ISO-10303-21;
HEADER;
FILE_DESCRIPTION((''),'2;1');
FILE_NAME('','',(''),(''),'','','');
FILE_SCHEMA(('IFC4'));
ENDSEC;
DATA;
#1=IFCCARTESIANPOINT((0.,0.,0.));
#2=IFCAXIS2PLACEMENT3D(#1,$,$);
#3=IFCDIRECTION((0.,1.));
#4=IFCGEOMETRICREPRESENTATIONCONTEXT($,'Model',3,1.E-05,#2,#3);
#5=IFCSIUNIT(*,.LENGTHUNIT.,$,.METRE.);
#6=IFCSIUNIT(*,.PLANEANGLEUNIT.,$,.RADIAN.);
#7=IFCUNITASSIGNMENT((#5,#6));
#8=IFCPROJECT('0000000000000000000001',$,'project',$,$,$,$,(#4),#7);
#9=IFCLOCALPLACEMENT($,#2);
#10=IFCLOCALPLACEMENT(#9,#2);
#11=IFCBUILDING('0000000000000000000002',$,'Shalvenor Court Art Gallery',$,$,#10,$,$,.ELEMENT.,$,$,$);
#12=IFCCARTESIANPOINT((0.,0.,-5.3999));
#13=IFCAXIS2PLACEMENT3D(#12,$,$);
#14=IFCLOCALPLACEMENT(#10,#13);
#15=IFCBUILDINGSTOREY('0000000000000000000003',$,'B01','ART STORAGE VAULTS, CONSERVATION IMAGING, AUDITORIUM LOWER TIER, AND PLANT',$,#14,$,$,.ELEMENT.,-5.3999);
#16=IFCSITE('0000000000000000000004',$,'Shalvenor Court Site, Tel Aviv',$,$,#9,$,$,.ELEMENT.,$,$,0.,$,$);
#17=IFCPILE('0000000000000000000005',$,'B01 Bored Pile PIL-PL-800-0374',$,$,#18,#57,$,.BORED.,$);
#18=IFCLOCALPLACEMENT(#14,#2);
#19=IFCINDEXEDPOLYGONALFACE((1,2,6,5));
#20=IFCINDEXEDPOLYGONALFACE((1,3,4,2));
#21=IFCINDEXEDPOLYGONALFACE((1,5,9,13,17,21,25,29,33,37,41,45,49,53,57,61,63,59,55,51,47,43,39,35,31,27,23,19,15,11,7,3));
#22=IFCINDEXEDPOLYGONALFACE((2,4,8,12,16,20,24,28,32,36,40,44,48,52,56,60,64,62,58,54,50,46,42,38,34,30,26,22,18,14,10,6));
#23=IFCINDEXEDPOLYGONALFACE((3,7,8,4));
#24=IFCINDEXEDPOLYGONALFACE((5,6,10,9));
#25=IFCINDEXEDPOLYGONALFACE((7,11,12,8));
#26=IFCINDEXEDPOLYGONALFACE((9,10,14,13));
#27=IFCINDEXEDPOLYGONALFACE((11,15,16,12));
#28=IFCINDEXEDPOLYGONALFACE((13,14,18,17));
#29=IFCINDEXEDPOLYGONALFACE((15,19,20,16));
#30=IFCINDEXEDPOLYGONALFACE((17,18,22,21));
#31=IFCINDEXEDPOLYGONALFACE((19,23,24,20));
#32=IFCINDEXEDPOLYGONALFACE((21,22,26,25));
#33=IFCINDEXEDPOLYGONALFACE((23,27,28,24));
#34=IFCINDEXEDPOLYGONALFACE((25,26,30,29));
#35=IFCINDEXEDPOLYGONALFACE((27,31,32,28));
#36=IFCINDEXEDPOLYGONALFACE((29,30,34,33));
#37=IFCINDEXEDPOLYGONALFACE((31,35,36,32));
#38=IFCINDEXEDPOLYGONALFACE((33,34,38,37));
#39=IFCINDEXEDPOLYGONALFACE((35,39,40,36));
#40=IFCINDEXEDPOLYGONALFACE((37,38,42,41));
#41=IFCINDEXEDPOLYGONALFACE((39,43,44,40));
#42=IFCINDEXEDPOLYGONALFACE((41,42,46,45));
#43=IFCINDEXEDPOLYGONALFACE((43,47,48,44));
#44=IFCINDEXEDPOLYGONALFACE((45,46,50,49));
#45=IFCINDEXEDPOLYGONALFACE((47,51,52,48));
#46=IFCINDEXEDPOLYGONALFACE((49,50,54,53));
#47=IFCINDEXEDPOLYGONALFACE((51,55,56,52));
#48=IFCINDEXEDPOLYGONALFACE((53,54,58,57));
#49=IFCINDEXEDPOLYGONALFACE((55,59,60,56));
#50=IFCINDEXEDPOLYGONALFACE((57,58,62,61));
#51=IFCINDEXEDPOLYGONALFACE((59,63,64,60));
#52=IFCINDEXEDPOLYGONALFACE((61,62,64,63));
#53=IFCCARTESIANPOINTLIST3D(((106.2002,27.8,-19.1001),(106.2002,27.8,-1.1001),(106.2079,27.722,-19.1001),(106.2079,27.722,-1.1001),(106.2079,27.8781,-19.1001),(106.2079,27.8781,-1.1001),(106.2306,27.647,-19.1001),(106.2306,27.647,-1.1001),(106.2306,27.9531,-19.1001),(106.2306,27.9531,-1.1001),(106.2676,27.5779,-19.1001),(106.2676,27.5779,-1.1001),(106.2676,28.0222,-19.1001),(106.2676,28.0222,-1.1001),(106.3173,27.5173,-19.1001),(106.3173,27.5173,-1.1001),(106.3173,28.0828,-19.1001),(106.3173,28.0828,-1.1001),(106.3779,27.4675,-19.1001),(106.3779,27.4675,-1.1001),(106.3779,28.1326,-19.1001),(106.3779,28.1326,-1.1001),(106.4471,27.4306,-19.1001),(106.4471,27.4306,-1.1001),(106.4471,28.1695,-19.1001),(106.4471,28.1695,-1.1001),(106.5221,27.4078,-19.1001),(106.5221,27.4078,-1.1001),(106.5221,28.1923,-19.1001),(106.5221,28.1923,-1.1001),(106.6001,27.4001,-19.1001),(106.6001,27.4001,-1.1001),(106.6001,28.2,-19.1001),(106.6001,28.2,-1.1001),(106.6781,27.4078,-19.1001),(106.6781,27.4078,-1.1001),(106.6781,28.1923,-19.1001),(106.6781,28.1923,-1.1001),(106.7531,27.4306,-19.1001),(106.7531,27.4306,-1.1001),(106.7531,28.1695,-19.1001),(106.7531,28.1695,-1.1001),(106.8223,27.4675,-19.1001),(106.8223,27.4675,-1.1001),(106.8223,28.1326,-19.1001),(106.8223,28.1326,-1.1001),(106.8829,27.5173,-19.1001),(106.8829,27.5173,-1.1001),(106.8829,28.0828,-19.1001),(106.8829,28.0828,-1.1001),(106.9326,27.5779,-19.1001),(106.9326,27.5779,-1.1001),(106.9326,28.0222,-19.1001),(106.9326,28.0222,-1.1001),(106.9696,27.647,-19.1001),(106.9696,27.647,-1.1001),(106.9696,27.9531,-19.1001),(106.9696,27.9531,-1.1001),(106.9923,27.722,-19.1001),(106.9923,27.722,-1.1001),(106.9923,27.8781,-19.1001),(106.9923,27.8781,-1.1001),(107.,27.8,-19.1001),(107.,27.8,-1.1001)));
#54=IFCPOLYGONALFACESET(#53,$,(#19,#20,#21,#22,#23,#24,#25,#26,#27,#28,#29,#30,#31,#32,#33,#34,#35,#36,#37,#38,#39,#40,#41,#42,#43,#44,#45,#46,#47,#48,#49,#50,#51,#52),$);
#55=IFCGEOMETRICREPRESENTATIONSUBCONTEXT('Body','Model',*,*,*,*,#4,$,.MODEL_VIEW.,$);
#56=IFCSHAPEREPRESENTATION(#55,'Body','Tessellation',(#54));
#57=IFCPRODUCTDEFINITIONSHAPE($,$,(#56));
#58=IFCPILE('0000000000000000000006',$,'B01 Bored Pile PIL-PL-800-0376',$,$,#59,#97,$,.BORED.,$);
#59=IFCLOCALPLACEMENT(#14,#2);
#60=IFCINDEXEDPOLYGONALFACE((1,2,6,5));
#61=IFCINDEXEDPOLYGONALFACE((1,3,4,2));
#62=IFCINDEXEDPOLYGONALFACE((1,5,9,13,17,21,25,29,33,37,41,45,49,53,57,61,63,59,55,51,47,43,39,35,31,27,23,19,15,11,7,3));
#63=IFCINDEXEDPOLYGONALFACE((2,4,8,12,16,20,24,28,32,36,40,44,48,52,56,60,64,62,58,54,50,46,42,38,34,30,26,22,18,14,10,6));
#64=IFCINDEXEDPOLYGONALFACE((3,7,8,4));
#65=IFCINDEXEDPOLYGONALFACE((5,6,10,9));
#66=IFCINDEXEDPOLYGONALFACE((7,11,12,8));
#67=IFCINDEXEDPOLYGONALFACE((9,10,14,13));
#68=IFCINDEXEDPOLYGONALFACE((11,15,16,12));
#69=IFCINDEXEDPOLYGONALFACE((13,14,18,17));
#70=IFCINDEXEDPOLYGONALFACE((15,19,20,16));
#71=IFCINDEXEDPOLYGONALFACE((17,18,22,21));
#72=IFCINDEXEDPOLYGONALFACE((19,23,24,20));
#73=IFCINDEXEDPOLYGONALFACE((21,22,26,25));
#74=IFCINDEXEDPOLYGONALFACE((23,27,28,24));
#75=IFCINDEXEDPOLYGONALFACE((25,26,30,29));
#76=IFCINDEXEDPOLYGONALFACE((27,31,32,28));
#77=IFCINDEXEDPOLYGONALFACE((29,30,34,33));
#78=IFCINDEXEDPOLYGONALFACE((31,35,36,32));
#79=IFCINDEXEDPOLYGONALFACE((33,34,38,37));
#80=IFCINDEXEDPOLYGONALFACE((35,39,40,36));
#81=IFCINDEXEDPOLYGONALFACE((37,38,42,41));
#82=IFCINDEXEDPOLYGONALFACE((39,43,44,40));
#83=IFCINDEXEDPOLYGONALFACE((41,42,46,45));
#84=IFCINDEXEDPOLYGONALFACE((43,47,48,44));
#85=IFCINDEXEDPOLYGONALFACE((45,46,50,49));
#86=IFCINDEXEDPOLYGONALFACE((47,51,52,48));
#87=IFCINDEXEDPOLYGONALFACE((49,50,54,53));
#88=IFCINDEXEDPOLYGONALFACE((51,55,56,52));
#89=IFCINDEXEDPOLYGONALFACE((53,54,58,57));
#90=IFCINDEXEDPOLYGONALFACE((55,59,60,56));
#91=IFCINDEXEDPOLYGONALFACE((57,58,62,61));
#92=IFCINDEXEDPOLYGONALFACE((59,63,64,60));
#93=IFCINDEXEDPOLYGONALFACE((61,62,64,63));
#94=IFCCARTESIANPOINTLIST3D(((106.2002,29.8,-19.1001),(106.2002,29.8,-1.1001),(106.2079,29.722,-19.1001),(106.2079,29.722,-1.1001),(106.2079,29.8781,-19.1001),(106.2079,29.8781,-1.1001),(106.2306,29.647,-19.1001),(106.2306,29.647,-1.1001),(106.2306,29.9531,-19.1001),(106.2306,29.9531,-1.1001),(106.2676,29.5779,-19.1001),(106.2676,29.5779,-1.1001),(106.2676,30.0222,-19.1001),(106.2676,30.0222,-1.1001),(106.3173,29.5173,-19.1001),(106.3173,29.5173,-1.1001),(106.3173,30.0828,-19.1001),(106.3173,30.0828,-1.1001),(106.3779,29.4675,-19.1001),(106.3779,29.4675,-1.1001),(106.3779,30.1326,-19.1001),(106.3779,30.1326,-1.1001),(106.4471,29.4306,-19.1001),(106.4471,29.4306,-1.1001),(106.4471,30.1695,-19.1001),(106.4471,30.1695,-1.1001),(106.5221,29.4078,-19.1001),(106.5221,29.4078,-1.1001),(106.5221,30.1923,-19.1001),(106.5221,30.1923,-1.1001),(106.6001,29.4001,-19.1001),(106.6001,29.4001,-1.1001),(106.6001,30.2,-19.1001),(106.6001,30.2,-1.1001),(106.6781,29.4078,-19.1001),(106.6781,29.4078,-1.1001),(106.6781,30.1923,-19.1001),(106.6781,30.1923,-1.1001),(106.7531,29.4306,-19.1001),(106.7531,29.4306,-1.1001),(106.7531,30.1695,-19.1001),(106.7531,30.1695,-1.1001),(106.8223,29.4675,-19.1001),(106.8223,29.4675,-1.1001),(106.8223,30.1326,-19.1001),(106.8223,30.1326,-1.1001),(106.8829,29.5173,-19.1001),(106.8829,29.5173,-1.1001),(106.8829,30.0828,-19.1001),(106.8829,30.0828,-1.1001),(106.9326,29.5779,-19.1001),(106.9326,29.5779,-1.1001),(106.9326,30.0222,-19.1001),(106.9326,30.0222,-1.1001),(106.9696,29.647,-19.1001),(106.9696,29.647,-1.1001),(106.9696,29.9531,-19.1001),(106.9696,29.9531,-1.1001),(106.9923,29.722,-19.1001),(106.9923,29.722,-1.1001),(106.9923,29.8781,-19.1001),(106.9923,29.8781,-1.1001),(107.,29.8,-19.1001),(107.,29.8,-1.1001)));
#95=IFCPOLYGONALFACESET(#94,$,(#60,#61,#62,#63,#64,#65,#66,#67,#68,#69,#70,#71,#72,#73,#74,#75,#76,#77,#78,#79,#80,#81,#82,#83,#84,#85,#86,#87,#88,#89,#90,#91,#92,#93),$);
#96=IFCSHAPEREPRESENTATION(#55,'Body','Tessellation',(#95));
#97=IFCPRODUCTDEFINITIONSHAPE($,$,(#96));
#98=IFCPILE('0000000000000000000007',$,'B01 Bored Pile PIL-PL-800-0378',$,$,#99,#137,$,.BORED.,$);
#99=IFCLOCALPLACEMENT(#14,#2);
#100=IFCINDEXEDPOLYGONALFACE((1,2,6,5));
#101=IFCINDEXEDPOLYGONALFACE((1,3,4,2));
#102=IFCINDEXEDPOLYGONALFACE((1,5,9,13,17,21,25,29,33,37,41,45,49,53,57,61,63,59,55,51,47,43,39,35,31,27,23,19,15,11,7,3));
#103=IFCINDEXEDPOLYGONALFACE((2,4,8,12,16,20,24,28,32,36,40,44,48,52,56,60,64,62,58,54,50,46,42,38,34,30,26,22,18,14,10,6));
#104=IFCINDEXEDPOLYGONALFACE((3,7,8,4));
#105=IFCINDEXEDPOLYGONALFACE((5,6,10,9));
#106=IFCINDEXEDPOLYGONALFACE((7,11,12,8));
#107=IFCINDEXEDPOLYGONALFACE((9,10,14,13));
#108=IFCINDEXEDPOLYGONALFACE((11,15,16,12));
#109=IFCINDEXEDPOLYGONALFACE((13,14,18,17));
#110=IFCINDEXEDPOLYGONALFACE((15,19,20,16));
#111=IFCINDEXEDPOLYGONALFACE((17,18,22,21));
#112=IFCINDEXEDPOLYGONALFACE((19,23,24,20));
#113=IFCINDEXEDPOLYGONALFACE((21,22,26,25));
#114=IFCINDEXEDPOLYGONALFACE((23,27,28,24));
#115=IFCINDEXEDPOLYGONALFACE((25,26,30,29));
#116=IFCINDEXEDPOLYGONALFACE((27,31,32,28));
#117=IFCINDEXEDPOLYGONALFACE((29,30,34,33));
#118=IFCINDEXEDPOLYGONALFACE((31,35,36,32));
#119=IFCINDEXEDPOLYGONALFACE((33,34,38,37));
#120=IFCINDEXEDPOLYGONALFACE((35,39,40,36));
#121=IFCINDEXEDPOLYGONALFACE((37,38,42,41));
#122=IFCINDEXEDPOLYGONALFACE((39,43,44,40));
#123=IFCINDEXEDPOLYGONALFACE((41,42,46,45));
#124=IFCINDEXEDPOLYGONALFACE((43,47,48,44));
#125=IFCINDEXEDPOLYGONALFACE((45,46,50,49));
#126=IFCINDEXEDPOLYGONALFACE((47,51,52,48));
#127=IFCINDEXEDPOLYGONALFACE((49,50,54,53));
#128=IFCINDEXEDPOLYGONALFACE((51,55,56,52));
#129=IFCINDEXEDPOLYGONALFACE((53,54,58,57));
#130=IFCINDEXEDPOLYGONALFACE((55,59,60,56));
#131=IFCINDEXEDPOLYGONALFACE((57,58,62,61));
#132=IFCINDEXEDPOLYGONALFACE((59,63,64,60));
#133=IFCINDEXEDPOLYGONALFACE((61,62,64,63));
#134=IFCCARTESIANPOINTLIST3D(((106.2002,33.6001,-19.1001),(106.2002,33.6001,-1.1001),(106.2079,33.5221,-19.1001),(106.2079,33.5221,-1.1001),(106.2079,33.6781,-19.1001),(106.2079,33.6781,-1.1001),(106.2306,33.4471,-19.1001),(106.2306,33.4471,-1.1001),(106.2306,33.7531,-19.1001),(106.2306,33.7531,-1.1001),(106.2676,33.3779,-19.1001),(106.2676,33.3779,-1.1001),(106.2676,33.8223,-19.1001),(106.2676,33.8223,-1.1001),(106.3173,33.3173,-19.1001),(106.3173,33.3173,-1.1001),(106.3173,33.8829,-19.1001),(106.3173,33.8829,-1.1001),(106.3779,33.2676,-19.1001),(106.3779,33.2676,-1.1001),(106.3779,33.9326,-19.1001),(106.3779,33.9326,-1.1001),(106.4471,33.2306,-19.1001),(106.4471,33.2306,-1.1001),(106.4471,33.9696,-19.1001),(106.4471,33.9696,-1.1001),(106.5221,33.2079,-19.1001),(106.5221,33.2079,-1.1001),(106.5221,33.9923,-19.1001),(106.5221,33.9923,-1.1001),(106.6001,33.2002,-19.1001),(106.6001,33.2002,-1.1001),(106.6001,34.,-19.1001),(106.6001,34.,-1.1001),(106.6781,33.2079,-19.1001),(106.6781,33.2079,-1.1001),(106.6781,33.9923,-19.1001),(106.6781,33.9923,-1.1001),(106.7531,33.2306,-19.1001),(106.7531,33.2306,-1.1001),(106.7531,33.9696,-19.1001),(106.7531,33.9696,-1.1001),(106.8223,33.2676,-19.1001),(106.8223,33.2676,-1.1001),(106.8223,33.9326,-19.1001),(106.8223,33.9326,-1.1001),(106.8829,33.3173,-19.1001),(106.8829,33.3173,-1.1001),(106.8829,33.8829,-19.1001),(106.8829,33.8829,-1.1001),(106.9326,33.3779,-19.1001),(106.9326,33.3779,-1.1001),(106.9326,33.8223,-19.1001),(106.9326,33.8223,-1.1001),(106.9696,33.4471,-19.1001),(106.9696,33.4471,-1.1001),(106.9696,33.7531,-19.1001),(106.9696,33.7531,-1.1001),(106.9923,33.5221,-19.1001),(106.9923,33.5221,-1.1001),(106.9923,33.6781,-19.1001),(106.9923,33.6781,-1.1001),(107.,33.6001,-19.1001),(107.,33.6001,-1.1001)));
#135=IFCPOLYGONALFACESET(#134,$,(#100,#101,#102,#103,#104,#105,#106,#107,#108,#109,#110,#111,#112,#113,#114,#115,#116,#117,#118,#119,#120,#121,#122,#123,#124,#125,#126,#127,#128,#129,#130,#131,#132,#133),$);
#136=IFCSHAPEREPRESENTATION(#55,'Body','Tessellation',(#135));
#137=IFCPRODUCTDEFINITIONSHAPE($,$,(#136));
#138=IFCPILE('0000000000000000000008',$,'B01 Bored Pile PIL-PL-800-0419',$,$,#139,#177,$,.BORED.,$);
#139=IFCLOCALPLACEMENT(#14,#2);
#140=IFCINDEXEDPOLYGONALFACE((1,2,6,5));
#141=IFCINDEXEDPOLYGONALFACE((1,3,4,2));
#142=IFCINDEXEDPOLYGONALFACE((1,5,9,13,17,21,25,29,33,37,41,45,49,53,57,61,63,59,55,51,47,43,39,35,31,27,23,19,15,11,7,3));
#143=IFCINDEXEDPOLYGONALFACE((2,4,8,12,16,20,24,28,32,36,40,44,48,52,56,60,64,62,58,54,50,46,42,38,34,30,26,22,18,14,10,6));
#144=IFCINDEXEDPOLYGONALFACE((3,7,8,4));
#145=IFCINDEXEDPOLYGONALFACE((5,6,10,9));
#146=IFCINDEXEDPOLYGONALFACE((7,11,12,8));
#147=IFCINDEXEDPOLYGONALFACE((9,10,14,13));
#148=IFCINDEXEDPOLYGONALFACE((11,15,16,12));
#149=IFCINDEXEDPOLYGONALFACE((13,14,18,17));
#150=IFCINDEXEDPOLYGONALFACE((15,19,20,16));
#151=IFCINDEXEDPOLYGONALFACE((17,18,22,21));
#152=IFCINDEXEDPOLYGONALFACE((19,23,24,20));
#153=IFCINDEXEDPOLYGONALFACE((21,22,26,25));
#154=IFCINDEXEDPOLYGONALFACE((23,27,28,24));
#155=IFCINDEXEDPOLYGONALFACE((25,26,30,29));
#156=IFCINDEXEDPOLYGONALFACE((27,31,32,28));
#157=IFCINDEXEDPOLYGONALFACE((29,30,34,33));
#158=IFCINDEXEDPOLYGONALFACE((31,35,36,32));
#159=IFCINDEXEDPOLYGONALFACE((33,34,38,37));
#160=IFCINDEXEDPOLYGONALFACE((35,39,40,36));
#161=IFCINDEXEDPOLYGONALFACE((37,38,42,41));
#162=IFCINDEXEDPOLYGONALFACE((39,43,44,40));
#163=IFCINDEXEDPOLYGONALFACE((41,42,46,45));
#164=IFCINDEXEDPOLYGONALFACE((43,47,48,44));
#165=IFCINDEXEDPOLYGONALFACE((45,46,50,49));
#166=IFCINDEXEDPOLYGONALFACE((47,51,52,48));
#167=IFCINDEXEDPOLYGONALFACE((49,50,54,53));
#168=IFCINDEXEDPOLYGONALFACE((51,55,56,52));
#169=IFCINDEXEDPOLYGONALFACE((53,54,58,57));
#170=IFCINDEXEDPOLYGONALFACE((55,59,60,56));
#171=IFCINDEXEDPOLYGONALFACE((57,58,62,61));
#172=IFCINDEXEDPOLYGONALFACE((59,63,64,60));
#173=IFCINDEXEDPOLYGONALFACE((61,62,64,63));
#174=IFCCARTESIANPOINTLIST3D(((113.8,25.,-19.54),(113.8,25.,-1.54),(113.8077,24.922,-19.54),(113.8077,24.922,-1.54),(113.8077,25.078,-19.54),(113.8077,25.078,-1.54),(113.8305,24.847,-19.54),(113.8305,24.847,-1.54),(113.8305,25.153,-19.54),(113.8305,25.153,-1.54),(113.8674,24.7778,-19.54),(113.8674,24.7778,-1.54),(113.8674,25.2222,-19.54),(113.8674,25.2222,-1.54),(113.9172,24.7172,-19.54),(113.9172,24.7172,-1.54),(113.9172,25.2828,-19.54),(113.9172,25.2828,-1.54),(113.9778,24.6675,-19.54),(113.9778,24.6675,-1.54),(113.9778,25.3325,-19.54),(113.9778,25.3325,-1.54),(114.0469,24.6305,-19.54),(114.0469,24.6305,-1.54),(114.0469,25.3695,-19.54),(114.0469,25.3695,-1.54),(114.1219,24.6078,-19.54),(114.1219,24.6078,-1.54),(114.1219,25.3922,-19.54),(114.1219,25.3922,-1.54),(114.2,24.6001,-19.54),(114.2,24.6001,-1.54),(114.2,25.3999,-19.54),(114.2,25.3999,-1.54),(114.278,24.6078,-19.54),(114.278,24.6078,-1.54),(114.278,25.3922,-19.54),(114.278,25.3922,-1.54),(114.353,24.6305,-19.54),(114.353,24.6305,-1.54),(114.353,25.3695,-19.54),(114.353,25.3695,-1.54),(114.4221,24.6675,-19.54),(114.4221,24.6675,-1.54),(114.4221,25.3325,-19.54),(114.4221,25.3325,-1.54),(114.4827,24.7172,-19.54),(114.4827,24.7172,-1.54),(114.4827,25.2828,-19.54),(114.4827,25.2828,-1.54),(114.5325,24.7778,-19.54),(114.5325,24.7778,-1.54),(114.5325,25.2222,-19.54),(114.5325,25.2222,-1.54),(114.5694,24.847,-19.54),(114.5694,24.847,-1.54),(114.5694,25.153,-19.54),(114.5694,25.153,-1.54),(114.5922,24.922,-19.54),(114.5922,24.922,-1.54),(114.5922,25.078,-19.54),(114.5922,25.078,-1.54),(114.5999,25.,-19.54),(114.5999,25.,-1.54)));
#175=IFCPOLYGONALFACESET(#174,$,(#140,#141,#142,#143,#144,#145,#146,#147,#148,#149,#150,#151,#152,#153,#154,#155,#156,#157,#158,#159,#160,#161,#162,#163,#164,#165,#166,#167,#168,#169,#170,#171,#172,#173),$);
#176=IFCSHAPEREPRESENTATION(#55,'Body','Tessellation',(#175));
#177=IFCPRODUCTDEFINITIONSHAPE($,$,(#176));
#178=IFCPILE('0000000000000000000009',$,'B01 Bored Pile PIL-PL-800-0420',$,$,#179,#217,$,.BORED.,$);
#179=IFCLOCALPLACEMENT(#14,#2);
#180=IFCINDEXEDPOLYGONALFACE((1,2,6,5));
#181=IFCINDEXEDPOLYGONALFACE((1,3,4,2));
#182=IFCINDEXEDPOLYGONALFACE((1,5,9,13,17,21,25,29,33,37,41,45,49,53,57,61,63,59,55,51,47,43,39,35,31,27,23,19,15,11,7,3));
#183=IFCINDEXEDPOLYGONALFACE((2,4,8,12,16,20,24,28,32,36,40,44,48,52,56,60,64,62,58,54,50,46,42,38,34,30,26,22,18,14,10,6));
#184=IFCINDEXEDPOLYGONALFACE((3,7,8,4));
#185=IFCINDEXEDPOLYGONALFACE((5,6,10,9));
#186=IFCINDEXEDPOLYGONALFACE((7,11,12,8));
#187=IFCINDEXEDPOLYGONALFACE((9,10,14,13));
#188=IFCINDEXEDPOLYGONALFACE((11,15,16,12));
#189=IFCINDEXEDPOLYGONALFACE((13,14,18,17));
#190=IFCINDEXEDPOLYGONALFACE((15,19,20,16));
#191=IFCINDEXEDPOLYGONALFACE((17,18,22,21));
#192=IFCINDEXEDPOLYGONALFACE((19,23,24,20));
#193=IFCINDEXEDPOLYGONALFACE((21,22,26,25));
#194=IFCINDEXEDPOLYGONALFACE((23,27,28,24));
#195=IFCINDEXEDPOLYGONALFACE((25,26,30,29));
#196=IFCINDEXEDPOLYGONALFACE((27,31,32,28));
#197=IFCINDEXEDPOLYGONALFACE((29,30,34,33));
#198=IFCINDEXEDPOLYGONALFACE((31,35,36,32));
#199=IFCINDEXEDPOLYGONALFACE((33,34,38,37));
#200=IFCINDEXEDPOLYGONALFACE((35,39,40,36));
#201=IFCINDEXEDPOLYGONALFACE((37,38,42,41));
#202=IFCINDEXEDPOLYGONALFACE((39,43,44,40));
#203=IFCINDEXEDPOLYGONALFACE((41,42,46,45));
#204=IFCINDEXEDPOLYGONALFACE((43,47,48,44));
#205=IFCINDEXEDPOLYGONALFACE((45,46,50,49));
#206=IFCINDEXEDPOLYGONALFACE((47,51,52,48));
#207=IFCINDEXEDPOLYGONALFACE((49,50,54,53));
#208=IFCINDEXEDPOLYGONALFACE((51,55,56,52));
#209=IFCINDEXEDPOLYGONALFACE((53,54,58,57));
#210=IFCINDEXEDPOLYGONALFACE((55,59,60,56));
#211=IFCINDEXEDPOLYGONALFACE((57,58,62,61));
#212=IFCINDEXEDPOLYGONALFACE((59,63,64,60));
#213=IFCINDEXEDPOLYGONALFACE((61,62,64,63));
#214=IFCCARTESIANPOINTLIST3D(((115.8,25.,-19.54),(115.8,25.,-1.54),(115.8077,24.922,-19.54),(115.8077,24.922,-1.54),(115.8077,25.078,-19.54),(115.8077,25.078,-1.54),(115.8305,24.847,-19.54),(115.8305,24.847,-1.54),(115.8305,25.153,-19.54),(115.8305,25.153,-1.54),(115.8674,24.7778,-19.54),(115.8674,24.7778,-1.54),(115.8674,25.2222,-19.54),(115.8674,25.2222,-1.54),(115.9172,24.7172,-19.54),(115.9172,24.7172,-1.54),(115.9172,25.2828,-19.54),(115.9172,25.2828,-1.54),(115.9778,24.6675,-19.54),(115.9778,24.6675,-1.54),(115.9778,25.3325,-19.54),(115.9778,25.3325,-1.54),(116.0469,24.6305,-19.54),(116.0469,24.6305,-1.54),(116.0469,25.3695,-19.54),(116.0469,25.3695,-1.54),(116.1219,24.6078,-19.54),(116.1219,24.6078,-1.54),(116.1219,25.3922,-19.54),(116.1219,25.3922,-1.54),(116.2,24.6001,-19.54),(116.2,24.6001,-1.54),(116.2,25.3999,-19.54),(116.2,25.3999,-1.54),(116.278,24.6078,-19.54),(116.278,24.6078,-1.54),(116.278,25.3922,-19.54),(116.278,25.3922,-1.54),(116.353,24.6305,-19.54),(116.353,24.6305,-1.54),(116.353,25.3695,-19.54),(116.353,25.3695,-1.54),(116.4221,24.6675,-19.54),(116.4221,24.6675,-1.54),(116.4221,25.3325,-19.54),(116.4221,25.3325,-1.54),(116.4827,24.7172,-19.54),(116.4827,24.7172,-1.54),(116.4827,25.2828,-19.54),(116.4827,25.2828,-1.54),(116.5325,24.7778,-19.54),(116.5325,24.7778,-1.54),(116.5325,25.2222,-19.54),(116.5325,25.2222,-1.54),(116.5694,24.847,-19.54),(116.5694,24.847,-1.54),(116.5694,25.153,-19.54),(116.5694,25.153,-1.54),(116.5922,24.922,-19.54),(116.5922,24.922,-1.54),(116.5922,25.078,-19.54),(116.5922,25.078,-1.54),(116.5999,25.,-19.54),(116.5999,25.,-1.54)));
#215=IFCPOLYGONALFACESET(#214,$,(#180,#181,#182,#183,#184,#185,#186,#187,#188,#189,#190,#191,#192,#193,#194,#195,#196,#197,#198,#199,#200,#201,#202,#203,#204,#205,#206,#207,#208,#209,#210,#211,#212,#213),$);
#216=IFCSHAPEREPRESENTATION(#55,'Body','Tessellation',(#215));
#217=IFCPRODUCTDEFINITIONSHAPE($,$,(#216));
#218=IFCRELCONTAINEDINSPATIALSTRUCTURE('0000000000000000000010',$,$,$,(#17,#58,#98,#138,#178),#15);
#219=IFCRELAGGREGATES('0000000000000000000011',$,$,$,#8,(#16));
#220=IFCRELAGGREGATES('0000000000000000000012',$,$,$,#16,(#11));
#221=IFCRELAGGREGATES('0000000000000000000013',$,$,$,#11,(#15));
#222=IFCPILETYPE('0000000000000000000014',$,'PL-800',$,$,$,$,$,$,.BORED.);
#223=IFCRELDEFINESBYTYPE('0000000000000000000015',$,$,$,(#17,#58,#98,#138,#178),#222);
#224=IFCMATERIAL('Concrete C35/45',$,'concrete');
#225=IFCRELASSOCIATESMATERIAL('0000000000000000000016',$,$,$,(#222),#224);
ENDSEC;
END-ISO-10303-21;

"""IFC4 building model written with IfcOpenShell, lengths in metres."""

from ifc_helpers import new_model, si_unit, direction, frame, origin, origin_2d, place, context, subcontext, project, spatial, circle, extrude, material, material_profile, profile_set, type_object, element, save


model = new_model("IFC4")

# Units and contexts
model_context = context("Model", 3, precision=1e-05, world=origin(), true_north=direction((0.0, 1.0)))
body_context = subcontext(model_context, "Body", "Model", "MODEL_VIEW")
ifc_project = project(units=[si_unit("LENGTHUNIT", "METRE"), si_unit("PLANEANGLEUNIT", "RADIAN")], contexts=[model_context])

# Site, building, storey
site_placement = place(None, origin())
site = spatial("IfcSite", under=ifc_project, at=site_placement, Name="Shalvenor Court Site, Tel Aviv", CompositionType="ELEMENT", RefElevation=0.0)
building_placement = place(site_placement, origin())
building = spatial("IfcBuilding", under=site, at=building_placement, Name="Shalvenor Court Art Gallery", CompositionType="ELEMENT")
storey_placement = place(building_placement, frame((0.0, 0.0, -5.3999)))
storey = spatial("IfcBuildingStorey", under=building, at=storey_placement, Name="B01", Description="ART STORAGE VAULTS, CONSERVATION IMAGING, AUDITORIUM LOWER TIER, AND PLANT", CompositionType="ELEMENT", Elevation=-5.3999)

# Piles
ifc_material_1 = material(Name="Concrete C35/45", Category="concrete")
ifc_material_profile_1 = material_profile(ifc_material_1, circle(Radius=0.3999, at=origin_2d()), Name="PILE 800")
ifc_profile_set_1 = profile_set([ifc_material_profile_1], Name="Concrete C35/45")
pile_type = type_object("IfcPileType", Name="PL-800", PredefinedType="BORED", material=ifc_profile_set_1)
for number, where, z_axis, x_axis, name in (
    (1, (106.6001, 27.8, -1.1001), (0.0, 0.0, -1.0), (1.0, 0.0, 0.0), "B01 Bored Pile PIL-PL-800-0374"),
    (2, (106.6001, 29.8, -1.1001), (0.0, 0.0, -1.0), (1.0, 0.0, 0.0), "B01 Bored Pile PIL-PL-800-0376"),
    (3, (106.6001, 33.6001, -1.1001), (0.0, 0.0, -1.0), (1.0, 0.0, 0.0), "B01 Bored Pile PIL-PL-800-0378"),
    (4, (114.2, 25.0, -1.54), (0.0, 0.0, -1.0), (1.0, 0.0, 0.0), "B01 Bored Pile PIL-PL-800-0419"),
    (5, (116.2, 25.0, -1.54), (0.0, 0.0, -1.0), (1.0, 0.0, 0.0), "B01 Bored Pile PIL-PL-800-0420"),
):
    element("IfcPile", number, at=place(storey_placement, frame(where, z_axis=z_axis, x_axis=x_axis)), inside=storey, type_object=pile_type, Name=name, PredefinedType="BORED", context=body_context, shape_type="SweptSolid", body=[
        extrude(circle(Radius=0.3999, at=origin_2d()), origin(), (0.0, 0.0, 1.0), 18.0),
    ])

save(model, "model.ifc")
